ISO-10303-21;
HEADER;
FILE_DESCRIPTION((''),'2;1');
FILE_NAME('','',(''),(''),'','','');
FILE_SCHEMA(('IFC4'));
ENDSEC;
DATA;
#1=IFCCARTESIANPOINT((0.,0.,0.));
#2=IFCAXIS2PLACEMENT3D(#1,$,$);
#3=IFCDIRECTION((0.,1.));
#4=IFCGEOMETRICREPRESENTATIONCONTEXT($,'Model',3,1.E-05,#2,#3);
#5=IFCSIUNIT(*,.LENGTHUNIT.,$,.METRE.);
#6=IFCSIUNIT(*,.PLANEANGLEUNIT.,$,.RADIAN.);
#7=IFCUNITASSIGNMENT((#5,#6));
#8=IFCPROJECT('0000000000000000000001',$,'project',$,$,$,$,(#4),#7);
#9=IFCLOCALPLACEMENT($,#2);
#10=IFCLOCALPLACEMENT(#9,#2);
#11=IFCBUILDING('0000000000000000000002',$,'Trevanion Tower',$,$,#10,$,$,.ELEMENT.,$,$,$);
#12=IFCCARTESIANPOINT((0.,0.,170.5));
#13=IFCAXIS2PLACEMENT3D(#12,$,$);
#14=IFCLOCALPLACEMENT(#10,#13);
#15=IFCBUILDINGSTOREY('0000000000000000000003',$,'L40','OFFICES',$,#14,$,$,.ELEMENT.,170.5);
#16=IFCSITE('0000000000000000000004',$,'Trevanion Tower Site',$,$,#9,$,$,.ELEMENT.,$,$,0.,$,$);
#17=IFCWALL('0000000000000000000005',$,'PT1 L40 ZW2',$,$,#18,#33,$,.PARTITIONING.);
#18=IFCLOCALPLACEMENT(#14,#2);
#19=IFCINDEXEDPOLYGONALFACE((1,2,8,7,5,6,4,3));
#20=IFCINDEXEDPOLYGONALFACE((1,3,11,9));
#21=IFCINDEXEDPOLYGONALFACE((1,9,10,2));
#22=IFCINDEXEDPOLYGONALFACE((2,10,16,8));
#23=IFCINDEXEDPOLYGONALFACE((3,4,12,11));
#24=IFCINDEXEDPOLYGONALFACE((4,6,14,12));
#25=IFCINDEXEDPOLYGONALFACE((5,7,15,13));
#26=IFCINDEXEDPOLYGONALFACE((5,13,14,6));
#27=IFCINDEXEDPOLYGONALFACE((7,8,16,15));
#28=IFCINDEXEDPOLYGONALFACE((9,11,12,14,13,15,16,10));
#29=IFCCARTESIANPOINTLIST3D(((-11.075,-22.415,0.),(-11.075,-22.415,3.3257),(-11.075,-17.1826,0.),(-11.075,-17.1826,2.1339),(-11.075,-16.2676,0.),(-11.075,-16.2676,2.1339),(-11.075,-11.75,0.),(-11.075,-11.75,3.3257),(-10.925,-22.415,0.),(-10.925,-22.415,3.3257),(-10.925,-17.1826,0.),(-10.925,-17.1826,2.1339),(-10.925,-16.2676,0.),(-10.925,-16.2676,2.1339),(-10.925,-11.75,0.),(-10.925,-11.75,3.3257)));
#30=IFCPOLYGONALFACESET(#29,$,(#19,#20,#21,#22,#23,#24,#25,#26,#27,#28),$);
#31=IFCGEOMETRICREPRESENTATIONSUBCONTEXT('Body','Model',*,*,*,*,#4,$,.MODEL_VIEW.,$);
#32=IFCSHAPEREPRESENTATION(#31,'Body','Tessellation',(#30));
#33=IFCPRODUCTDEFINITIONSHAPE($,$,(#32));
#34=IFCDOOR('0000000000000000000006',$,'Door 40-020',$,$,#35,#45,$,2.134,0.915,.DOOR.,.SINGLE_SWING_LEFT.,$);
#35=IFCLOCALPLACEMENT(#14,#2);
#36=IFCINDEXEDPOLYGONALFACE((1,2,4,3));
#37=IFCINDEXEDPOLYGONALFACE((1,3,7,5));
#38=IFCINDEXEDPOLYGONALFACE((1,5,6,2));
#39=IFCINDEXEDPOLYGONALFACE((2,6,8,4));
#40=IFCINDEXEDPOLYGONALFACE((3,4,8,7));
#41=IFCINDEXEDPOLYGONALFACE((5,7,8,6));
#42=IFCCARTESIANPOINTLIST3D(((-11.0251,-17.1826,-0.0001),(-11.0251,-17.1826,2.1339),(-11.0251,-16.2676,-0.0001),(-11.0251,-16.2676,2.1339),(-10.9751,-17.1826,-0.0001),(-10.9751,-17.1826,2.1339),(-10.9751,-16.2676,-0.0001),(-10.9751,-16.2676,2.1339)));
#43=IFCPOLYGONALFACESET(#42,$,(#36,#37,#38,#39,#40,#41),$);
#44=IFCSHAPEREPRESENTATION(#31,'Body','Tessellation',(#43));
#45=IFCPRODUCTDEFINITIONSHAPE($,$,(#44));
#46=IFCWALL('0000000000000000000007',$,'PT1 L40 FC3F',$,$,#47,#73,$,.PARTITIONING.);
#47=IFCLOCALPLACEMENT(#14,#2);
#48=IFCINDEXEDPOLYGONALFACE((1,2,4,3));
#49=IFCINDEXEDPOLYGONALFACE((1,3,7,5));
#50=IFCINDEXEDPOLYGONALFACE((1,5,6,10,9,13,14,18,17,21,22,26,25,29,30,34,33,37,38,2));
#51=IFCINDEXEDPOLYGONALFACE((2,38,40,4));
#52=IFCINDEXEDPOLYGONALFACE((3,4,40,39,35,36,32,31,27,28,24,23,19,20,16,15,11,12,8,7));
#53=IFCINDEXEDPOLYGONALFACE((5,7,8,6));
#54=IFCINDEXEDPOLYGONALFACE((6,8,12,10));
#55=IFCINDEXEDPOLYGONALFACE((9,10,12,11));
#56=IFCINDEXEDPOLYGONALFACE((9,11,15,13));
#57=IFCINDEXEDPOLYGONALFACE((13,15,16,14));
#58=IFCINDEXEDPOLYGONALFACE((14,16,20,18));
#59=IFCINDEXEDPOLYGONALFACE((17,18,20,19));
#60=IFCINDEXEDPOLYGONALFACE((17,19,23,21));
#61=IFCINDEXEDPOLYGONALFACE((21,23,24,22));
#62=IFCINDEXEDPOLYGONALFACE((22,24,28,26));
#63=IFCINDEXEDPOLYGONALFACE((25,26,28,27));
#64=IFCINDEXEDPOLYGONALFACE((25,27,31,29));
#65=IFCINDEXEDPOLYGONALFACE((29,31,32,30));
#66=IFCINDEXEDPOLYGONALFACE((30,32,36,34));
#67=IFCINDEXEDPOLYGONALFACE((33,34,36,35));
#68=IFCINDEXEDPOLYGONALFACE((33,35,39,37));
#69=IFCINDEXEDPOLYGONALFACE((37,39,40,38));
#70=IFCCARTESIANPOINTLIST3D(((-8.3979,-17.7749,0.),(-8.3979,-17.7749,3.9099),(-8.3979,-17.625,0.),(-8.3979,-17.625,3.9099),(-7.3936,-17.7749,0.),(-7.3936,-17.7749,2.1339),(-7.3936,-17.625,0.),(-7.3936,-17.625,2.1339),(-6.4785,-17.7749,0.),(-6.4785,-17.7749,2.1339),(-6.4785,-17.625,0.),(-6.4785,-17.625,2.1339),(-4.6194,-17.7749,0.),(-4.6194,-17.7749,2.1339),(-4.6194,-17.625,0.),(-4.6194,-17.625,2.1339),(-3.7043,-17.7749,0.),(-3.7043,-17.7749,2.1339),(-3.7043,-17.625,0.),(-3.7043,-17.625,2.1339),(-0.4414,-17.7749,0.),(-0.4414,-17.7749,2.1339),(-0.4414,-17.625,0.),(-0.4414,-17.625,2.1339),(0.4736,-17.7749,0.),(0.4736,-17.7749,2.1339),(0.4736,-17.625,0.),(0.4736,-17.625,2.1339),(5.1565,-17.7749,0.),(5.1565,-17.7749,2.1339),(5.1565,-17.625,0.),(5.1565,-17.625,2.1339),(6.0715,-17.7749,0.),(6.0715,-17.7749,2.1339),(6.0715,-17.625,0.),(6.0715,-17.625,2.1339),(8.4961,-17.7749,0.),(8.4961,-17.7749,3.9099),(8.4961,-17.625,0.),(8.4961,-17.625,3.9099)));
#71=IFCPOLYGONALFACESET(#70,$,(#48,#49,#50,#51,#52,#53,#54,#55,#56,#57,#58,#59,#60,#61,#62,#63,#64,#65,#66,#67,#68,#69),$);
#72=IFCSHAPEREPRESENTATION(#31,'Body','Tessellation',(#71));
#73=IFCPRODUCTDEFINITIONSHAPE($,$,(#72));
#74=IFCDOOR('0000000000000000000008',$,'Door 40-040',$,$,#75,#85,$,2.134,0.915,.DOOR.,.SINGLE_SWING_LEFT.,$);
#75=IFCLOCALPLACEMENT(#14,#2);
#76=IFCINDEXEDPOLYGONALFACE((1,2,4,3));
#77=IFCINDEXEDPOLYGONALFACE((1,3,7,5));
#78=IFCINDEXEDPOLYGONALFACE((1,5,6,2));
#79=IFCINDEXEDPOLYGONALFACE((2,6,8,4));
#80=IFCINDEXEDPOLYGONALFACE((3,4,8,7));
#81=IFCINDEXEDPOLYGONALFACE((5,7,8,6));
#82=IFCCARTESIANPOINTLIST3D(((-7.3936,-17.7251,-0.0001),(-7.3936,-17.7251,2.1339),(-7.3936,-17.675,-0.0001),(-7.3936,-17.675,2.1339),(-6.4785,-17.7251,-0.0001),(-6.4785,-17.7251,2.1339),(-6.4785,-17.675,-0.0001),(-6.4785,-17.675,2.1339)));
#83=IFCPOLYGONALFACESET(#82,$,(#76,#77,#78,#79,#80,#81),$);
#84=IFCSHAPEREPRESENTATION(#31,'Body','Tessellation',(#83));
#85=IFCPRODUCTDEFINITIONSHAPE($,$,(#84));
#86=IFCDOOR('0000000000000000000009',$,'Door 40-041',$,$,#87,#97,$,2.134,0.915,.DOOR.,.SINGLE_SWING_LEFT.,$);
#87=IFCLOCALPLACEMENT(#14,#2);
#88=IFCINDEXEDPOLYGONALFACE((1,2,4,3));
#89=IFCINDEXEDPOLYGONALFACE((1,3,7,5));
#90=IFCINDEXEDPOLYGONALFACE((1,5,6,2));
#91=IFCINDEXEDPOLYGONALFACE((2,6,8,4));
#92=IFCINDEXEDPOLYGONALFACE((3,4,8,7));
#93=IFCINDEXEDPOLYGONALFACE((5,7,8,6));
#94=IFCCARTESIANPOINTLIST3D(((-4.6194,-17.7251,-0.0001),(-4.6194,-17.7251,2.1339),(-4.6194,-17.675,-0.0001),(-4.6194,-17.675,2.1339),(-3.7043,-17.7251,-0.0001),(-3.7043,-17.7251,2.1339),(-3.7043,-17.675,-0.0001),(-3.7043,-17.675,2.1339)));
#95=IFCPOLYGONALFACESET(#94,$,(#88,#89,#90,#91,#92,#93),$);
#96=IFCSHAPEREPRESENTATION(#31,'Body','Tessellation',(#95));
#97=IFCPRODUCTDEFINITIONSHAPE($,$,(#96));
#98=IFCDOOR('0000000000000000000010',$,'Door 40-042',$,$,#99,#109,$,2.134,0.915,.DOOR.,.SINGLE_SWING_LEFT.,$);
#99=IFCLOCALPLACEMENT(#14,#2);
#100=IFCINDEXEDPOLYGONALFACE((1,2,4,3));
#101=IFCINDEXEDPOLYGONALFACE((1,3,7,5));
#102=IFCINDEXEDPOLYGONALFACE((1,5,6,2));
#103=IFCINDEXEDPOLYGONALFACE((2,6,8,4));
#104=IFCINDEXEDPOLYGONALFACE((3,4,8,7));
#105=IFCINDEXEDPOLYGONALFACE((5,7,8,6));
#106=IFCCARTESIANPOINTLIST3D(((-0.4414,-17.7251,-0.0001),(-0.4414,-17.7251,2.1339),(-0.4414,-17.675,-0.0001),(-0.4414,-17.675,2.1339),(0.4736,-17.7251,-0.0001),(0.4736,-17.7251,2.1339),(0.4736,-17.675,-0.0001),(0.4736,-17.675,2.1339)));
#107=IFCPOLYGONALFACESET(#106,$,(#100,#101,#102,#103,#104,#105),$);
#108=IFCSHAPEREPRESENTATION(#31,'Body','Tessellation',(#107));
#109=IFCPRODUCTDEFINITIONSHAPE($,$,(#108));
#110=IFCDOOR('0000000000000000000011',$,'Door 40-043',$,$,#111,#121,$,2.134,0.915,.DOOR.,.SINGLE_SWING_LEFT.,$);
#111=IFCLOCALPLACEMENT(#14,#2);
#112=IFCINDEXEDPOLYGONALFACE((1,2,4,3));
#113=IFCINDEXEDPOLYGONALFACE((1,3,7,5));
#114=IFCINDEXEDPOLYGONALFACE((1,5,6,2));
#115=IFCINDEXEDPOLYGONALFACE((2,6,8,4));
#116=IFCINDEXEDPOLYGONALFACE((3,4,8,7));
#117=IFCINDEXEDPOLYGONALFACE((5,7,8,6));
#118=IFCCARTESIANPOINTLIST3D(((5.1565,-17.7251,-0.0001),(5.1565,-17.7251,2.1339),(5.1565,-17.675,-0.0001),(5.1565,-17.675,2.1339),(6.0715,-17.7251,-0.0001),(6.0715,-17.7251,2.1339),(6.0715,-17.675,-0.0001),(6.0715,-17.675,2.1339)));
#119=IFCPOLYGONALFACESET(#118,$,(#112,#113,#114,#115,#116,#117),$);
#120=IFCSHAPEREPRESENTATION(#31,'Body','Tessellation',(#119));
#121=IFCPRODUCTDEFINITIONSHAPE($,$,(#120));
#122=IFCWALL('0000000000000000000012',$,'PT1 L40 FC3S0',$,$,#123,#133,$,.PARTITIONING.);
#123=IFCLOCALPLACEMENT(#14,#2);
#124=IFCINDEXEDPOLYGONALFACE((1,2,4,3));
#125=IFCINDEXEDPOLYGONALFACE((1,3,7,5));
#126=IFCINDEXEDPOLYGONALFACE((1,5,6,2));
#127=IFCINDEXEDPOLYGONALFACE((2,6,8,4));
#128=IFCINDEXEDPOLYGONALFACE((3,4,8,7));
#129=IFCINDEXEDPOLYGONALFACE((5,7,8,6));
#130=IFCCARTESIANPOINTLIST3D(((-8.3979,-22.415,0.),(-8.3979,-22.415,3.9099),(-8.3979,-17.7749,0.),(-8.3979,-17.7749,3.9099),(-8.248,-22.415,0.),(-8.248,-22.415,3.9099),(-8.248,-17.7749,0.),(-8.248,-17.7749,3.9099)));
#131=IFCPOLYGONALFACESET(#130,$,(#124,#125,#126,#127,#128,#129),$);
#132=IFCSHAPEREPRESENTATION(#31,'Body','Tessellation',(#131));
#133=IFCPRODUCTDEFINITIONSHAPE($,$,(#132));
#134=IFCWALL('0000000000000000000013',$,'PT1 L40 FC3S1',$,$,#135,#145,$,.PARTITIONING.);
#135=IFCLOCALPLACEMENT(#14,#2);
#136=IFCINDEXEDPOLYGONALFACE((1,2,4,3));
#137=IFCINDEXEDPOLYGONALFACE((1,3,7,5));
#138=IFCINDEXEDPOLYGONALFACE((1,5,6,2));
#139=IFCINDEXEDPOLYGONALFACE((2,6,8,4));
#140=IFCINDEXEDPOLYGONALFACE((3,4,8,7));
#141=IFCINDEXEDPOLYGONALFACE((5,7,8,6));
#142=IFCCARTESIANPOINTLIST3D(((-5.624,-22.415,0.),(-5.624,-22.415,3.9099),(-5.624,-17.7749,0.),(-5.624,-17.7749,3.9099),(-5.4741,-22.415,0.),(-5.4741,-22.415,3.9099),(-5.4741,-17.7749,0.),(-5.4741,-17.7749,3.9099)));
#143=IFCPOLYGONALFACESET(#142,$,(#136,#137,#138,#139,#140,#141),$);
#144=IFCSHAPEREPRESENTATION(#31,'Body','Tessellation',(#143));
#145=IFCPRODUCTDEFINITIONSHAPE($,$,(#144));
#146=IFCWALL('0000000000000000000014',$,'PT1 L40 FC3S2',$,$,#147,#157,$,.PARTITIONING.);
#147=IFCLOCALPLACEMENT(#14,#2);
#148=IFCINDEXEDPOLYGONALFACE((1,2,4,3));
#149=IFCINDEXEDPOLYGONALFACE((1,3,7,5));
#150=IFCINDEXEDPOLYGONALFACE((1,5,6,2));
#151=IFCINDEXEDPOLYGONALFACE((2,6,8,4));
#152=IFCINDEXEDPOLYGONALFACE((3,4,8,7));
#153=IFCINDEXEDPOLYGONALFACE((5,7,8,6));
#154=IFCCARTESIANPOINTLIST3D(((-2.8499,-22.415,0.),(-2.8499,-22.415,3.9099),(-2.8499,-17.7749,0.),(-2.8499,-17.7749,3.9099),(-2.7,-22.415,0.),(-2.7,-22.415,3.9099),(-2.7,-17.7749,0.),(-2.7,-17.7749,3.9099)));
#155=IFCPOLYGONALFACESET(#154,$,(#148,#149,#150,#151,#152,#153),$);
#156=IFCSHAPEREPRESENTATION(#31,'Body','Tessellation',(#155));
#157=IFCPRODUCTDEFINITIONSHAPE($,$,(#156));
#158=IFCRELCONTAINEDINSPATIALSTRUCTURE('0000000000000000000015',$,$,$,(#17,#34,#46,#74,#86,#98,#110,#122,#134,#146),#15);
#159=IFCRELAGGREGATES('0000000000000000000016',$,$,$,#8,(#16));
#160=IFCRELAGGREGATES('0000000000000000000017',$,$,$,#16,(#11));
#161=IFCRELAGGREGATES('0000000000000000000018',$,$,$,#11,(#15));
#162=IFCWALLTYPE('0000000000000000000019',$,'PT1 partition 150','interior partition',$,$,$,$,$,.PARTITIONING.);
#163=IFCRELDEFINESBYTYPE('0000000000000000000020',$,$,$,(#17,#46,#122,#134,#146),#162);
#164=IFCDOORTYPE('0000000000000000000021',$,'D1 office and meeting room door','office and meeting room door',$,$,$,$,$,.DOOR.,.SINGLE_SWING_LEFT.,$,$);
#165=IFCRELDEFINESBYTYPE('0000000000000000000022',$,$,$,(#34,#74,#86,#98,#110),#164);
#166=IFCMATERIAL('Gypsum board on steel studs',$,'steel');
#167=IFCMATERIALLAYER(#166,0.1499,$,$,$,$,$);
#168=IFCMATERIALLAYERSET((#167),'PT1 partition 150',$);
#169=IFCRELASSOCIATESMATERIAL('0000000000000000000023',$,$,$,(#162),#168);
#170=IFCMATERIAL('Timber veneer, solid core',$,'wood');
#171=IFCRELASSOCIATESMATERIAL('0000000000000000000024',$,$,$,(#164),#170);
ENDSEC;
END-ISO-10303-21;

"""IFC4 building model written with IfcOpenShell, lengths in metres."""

from ifc_helpers import new_model, si_unit, direction, frame, frame_2d, origin, place, context, subcontext, project, spatial, rectangle, extrude, material, layer, layer_set, type_object, element, fill, save


model = new_model("IFC4")

# Units and contexts
model_context = context("Model", 3, precision=1e-05, world=origin(), true_north=direction((0.0, 1.0)))
body_context = subcontext(model_context, "Body", "Model", "MODEL_VIEW")
ifc_project = project(units=[si_unit("LENGTHUNIT", "METRE"), si_unit("PLANEANGLEUNIT", "RADIAN")], contexts=[model_context])

# Site, building, storey
site_placement = place(None, origin())
site = spatial("IfcSite", under=ifc_project, at=site_placement, Name="Trevanion Tower Site", CompositionType="ELEMENT", RefElevation=0.0)
building_placement = place(site_placement, origin())
building = spatial("IfcBuilding", under=site, at=building_placement, Name="Trevanion Tower", CompositionType="ELEMENT")
storey_placement = place(building_placement, frame((0.0, 0.0, 170.5)))
storey = spatial("IfcBuildingStorey", under=building, at=storey_placement, Name="L40", Description="OFFICES", CompositionType="ELEMENT", Elevation=170.5)

# Wall, opening, door
ifc_material_1 = material(Name="Gypsum board on steel studs", Category="steel")
ifc_layer_1 = layer(ifc_material_1, 0.1499)
ifc_layer_set_1 = layer_set([ifc_layer_1], Name="PT1 partition 150")
wall_type = type_object("IfcWallType", Name="PT1 partition 150", Description="interior partition", PredefinedType="PARTITIONING", material=ifc_layer_set_1)
wall_1_placement = place(storey_placement, frame((-11.0, -11.75, 0.0), z_axis=(0.0, 0.0, 1.0), x_axis=(0.0, -1.0, 0.0)))
wall_1 = element("IfcWall", 1, at=wall_1_placement, inside=storey, type_object=wall_type, Name="PT1 L40 ZW2", PredefinedType="PARTITIONING", context=body_context, shape_type="SweptSolid", body=[
    extrude(rectangle(XDim=10.665, YDim=0.1499, at=frame_2d((5.3325, 0.0))), origin(), (0.0, 0.0, 1.0), 3.3257),
])
opening_1_placement = place(wall_1_placement, frame((4.5176, 0.0, 0.0)))
opening_1 = element("IfcOpeningElement", 2, at=opening_1_placement, cuts=wall_1, PredefinedType="OPENING", context=body_context, shape_type="SweptSolid", body=[
    extrude(rectangle(XDim=0.915, YDim=2.134, at=frame_2d((0.4575, 1.0669))), frame((0.0, 0.085, 0.0), z_axis=(0.0, -1.0, 0.0), x_axis=(1.0, 0.0, 0.0)), (0.0, 0.0, 1.0), 0.1699),
])
ifc_material_2 = material(Name="Timber veneer, solid core", Category="wood")
door_type = type_object("IfcDoorType", Name="D1 office and meeting room door", Description="office and meeting room door", OperationType="SINGLE_SWING_LEFT", PredefinedType="DOOR", material=ifc_material_2)
door_1_placement = place(opening_1_placement, origin())
door_1 = element("IfcDoor", 3, at=door_1_placement, inside=storey, type_object=door_type, Name="Door 40-020", OperationType="SINGLE_SWING_LEFT", OverallHeight=2.134, OverallWidth=0.915, PredefinedType="DOOR", context=body_context, shape_type="SweptSolid", body=[
    extrude(rectangle(XDim=0.915, YDim=2.134, at=frame_2d((0.4575, 1.0669))), frame((0.0, 0.0249, 0.0), z_axis=(0.0, -1.0, 0.0), x_axis=(1.0, 0.0, 0.0)), (0.0, 0.0, 1.0), 0.05),
])
fill(opening_1, door_1)

# Wall, openings, doors
wall_2_placement = place(storey_placement, frame((-8.3979, -17.7, 0.0), z_axis=(0.0, 0.0, 1.0), x_axis=(1.0, 0.0, 0.0)))
wall_2 = element("IfcWall", 4, at=wall_2_placement, inside=storey, type_object=wall_type, Name="PT1 L40 FC3F", PredefinedType="PARTITIONING", context=body_context, shape_type="SweptSolid", body=[
    extrude(rectangle(XDim=16.894, YDim=0.1499, at=frame_2d((8.447, 0.0))), origin(), (0.0, 0.0, 1.0), 3.9099),
])
opening_2_placement = place(wall_2_placement, frame((1.0044, 0.0, 0.0)))
opening_2 = element("IfcOpeningElement", 5, at=opening_2_placement, cuts=wall_2, PredefinedType="OPENING", context=body_context, shape_type="SweptSolid", body=[
    extrude(rectangle(XDim=0.915, YDim=2.134, at=frame_2d((0.4575, 1.0669))), frame((0.0, 0.085, 0.0), z_axis=(0.0, -1.0, 0.0), x_axis=(1.0, 0.0, 0.0)), (0.0, 0.0, 1.0), 0.1699),
])
opening_3_placement = place(wall_2_placement, frame((3.7786, 0.0, 0.0)))
opening_3 = element("IfcOpeningElement", 6, at=opening_3_placement, cuts=wall_2, PredefinedType="OPENING", context=body_context, shape_type="SweptSolid", body=[
    extrude(rectangle(XDim=0.915, YDim=2.134, at=frame_2d((0.4575, 1.0669))), frame((0.0, 0.085, 0.0), z_axis=(0.0, -1.0, 0.0), x_axis=(1.0, 0.0, 0.0)), (0.0, 0.0, 1.0), 0.1699),
])
opening_4_placement = place(wall_2_placement, frame((7.9565, 0.0, 0.0)))
opening_4 = element("IfcOpeningElement", 7, at=opening_4_placement, cuts=wall_2, PredefinedType="OPENING", context=body_context, shape_type="SweptSolid", body=[
    extrude(rectangle(XDim=0.915, YDim=2.134, at=frame_2d((0.4575, 1.0669))), frame((0.0, 0.085, 0.0), z_axis=(0.0, -1.0, 0.0), x_axis=(1.0, 0.0, 0.0)), (0.0, 0.0, 1.0), 0.1699),
])
opening_5_placement = place(wall_2_placement, frame((13.5544, 0.0, 0.0)))
opening_5 = element("IfcOpeningElement", 8, at=opening_5_placement, cuts=wall_2, PredefinedType="OPENING", context=body_context, shape_type="SweptSolid", body=[
    extrude(rectangle(XDim=0.915, YDim=2.134, at=frame_2d((0.4575, 1.0669))), frame((0.0, 0.085, 0.0), z_axis=(0.0, -1.0, 0.0), x_axis=(1.0, 0.0, 0.0)), (0.0, 0.0, 1.0), 0.1699),
])
door_2_placement = place(opening_2_placement, origin())
door_2 = element("IfcDoor", 9, at=door_2_placement, inside=storey, type_object=door_type, Name="Door 40-040", OperationType="SINGLE_SWING_LEFT", OverallHeight=2.134, OverallWidth=0.915, PredefinedType="DOOR", context=body_context, shape_type="SweptSolid", body=[
    extrude(rectangle(XDim=0.915, YDim=2.134, at=frame_2d((0.4575, 1.0669))), frame((0.0, 0.0249, 0.0), z_axis=(0.0, -1.0, 0.0), x_axis=(1.0, 0.0, 0.0)), (0.0, 0.0, 1.0), 0.05),
])
fill(opening_2, door_2)
door_3_placement = place(opening_3_placement, origin())
door_3 = element("IfcDoor", 10, at=door_3_placement, inside=storey, type_object=door_type, Name="Door 40-041", OperationType="SINGLE_SWING_LEFT", OverallHeight=2.134, OverallWidth=0.915, PredefinedType="DOOR", context=body_context, shape_type="SweptSolid", body=[
    extrude(rectangle(XDim=0.915, YDim=2.134, at=frame_2d((0.4575, 1.0669))), frame((0.0, 0.0249, 0.0), z_axis=(0.0, -1.0, 0.0), x_axis=(1.0, 0.0, 0.0)), (0.0, 0.0, 1.0), 0.05),
])
fill(opening_3, door_3)
door_4_placement = place(opening_4_placement, origin())
door_4 = element("IfcDoor", 11, at=door_4_placement, inside=storey, type_object=door_type, Name="Door 40-042", OperationType="SINGLE_SWING_LEFT", OverallHeight=2.134, OverallWidth=0.915, PredefinedType="DOOR", context=body_context, shape_type="SweptSolid", body=[
    extrude(rectangle(XDim=0.915, YDim=2.134, at=frame_2d((0.4575, 1.0669))), frame((0.0, 0.0249, 0.0), z_axis=(0.0, -1.0, 0.0), x_axis=(1.0, 0.0, 0.0)), (0.0, 0.0, 1.0), 0.05),
])
fill(opening_4, door_4)
door_5_placement = place(opening_5_placement, origin())
door_5 = element("IfcDoor", 12, at=door_5_placement, inside=storey, type_object=door_type, Name="Door 40-043", OperationType="SINGLE_SWING_LEFT", OverallHeight=2.134, OverallWidth=0.915, PredefinedType="DOOR", context=body_context, shape_type="SweptSolid", body=[
    extrude(rectangle(XDim=0.915, YDim=2.134, at=frame_2d((0.4575, 1.0669))), frame((0.0, 0.0249, 0.0), z_axis=(0.0, -1.0, 0.0), x_axis=(1.0, 0.0, 0.0)), (0.0, 0.0, 1.0), 0.05),
])
fill(opening_5, door_5)

# Walls
for number, where, z_axis, x_axis, name in (
    (13, (-8.323, -17.7749, 0.0), (0.0, 0.0, 1.0), (0.0, -1.0, 0.0), "PT1 L40 FC3S0"),
    (14, (-5.5491, -17.7749, 0.0), (0.0, 0.0, 1.0), (0.0, -1.0, 0.0), "PT1 L40 FC3S1"),
    (15, (-2.7749, -17.7749, 0.0), (0.0, 0.0, 1.0), (0.0, -1.0, 0.0), "PT1 L40 FC3S2"),
):
    element("IfcWall", number, at=place(storey_placement, frame(where, z_axis=z_axis, x_axis=x_axis)), inside=storey, type_object=wall_type, Name=name, PredefinedType="PARTITIONING", context=body_context, shape_type="SweptSolid", body=[
        extrude(rectangle(XDim=4.6401, YDim=0.1499, at=frame_2d((2.3201, 0.0))), origin(), (0.0, 0.0, 1.0), 3.9099),
    ])

save(model, "model.ifc")
